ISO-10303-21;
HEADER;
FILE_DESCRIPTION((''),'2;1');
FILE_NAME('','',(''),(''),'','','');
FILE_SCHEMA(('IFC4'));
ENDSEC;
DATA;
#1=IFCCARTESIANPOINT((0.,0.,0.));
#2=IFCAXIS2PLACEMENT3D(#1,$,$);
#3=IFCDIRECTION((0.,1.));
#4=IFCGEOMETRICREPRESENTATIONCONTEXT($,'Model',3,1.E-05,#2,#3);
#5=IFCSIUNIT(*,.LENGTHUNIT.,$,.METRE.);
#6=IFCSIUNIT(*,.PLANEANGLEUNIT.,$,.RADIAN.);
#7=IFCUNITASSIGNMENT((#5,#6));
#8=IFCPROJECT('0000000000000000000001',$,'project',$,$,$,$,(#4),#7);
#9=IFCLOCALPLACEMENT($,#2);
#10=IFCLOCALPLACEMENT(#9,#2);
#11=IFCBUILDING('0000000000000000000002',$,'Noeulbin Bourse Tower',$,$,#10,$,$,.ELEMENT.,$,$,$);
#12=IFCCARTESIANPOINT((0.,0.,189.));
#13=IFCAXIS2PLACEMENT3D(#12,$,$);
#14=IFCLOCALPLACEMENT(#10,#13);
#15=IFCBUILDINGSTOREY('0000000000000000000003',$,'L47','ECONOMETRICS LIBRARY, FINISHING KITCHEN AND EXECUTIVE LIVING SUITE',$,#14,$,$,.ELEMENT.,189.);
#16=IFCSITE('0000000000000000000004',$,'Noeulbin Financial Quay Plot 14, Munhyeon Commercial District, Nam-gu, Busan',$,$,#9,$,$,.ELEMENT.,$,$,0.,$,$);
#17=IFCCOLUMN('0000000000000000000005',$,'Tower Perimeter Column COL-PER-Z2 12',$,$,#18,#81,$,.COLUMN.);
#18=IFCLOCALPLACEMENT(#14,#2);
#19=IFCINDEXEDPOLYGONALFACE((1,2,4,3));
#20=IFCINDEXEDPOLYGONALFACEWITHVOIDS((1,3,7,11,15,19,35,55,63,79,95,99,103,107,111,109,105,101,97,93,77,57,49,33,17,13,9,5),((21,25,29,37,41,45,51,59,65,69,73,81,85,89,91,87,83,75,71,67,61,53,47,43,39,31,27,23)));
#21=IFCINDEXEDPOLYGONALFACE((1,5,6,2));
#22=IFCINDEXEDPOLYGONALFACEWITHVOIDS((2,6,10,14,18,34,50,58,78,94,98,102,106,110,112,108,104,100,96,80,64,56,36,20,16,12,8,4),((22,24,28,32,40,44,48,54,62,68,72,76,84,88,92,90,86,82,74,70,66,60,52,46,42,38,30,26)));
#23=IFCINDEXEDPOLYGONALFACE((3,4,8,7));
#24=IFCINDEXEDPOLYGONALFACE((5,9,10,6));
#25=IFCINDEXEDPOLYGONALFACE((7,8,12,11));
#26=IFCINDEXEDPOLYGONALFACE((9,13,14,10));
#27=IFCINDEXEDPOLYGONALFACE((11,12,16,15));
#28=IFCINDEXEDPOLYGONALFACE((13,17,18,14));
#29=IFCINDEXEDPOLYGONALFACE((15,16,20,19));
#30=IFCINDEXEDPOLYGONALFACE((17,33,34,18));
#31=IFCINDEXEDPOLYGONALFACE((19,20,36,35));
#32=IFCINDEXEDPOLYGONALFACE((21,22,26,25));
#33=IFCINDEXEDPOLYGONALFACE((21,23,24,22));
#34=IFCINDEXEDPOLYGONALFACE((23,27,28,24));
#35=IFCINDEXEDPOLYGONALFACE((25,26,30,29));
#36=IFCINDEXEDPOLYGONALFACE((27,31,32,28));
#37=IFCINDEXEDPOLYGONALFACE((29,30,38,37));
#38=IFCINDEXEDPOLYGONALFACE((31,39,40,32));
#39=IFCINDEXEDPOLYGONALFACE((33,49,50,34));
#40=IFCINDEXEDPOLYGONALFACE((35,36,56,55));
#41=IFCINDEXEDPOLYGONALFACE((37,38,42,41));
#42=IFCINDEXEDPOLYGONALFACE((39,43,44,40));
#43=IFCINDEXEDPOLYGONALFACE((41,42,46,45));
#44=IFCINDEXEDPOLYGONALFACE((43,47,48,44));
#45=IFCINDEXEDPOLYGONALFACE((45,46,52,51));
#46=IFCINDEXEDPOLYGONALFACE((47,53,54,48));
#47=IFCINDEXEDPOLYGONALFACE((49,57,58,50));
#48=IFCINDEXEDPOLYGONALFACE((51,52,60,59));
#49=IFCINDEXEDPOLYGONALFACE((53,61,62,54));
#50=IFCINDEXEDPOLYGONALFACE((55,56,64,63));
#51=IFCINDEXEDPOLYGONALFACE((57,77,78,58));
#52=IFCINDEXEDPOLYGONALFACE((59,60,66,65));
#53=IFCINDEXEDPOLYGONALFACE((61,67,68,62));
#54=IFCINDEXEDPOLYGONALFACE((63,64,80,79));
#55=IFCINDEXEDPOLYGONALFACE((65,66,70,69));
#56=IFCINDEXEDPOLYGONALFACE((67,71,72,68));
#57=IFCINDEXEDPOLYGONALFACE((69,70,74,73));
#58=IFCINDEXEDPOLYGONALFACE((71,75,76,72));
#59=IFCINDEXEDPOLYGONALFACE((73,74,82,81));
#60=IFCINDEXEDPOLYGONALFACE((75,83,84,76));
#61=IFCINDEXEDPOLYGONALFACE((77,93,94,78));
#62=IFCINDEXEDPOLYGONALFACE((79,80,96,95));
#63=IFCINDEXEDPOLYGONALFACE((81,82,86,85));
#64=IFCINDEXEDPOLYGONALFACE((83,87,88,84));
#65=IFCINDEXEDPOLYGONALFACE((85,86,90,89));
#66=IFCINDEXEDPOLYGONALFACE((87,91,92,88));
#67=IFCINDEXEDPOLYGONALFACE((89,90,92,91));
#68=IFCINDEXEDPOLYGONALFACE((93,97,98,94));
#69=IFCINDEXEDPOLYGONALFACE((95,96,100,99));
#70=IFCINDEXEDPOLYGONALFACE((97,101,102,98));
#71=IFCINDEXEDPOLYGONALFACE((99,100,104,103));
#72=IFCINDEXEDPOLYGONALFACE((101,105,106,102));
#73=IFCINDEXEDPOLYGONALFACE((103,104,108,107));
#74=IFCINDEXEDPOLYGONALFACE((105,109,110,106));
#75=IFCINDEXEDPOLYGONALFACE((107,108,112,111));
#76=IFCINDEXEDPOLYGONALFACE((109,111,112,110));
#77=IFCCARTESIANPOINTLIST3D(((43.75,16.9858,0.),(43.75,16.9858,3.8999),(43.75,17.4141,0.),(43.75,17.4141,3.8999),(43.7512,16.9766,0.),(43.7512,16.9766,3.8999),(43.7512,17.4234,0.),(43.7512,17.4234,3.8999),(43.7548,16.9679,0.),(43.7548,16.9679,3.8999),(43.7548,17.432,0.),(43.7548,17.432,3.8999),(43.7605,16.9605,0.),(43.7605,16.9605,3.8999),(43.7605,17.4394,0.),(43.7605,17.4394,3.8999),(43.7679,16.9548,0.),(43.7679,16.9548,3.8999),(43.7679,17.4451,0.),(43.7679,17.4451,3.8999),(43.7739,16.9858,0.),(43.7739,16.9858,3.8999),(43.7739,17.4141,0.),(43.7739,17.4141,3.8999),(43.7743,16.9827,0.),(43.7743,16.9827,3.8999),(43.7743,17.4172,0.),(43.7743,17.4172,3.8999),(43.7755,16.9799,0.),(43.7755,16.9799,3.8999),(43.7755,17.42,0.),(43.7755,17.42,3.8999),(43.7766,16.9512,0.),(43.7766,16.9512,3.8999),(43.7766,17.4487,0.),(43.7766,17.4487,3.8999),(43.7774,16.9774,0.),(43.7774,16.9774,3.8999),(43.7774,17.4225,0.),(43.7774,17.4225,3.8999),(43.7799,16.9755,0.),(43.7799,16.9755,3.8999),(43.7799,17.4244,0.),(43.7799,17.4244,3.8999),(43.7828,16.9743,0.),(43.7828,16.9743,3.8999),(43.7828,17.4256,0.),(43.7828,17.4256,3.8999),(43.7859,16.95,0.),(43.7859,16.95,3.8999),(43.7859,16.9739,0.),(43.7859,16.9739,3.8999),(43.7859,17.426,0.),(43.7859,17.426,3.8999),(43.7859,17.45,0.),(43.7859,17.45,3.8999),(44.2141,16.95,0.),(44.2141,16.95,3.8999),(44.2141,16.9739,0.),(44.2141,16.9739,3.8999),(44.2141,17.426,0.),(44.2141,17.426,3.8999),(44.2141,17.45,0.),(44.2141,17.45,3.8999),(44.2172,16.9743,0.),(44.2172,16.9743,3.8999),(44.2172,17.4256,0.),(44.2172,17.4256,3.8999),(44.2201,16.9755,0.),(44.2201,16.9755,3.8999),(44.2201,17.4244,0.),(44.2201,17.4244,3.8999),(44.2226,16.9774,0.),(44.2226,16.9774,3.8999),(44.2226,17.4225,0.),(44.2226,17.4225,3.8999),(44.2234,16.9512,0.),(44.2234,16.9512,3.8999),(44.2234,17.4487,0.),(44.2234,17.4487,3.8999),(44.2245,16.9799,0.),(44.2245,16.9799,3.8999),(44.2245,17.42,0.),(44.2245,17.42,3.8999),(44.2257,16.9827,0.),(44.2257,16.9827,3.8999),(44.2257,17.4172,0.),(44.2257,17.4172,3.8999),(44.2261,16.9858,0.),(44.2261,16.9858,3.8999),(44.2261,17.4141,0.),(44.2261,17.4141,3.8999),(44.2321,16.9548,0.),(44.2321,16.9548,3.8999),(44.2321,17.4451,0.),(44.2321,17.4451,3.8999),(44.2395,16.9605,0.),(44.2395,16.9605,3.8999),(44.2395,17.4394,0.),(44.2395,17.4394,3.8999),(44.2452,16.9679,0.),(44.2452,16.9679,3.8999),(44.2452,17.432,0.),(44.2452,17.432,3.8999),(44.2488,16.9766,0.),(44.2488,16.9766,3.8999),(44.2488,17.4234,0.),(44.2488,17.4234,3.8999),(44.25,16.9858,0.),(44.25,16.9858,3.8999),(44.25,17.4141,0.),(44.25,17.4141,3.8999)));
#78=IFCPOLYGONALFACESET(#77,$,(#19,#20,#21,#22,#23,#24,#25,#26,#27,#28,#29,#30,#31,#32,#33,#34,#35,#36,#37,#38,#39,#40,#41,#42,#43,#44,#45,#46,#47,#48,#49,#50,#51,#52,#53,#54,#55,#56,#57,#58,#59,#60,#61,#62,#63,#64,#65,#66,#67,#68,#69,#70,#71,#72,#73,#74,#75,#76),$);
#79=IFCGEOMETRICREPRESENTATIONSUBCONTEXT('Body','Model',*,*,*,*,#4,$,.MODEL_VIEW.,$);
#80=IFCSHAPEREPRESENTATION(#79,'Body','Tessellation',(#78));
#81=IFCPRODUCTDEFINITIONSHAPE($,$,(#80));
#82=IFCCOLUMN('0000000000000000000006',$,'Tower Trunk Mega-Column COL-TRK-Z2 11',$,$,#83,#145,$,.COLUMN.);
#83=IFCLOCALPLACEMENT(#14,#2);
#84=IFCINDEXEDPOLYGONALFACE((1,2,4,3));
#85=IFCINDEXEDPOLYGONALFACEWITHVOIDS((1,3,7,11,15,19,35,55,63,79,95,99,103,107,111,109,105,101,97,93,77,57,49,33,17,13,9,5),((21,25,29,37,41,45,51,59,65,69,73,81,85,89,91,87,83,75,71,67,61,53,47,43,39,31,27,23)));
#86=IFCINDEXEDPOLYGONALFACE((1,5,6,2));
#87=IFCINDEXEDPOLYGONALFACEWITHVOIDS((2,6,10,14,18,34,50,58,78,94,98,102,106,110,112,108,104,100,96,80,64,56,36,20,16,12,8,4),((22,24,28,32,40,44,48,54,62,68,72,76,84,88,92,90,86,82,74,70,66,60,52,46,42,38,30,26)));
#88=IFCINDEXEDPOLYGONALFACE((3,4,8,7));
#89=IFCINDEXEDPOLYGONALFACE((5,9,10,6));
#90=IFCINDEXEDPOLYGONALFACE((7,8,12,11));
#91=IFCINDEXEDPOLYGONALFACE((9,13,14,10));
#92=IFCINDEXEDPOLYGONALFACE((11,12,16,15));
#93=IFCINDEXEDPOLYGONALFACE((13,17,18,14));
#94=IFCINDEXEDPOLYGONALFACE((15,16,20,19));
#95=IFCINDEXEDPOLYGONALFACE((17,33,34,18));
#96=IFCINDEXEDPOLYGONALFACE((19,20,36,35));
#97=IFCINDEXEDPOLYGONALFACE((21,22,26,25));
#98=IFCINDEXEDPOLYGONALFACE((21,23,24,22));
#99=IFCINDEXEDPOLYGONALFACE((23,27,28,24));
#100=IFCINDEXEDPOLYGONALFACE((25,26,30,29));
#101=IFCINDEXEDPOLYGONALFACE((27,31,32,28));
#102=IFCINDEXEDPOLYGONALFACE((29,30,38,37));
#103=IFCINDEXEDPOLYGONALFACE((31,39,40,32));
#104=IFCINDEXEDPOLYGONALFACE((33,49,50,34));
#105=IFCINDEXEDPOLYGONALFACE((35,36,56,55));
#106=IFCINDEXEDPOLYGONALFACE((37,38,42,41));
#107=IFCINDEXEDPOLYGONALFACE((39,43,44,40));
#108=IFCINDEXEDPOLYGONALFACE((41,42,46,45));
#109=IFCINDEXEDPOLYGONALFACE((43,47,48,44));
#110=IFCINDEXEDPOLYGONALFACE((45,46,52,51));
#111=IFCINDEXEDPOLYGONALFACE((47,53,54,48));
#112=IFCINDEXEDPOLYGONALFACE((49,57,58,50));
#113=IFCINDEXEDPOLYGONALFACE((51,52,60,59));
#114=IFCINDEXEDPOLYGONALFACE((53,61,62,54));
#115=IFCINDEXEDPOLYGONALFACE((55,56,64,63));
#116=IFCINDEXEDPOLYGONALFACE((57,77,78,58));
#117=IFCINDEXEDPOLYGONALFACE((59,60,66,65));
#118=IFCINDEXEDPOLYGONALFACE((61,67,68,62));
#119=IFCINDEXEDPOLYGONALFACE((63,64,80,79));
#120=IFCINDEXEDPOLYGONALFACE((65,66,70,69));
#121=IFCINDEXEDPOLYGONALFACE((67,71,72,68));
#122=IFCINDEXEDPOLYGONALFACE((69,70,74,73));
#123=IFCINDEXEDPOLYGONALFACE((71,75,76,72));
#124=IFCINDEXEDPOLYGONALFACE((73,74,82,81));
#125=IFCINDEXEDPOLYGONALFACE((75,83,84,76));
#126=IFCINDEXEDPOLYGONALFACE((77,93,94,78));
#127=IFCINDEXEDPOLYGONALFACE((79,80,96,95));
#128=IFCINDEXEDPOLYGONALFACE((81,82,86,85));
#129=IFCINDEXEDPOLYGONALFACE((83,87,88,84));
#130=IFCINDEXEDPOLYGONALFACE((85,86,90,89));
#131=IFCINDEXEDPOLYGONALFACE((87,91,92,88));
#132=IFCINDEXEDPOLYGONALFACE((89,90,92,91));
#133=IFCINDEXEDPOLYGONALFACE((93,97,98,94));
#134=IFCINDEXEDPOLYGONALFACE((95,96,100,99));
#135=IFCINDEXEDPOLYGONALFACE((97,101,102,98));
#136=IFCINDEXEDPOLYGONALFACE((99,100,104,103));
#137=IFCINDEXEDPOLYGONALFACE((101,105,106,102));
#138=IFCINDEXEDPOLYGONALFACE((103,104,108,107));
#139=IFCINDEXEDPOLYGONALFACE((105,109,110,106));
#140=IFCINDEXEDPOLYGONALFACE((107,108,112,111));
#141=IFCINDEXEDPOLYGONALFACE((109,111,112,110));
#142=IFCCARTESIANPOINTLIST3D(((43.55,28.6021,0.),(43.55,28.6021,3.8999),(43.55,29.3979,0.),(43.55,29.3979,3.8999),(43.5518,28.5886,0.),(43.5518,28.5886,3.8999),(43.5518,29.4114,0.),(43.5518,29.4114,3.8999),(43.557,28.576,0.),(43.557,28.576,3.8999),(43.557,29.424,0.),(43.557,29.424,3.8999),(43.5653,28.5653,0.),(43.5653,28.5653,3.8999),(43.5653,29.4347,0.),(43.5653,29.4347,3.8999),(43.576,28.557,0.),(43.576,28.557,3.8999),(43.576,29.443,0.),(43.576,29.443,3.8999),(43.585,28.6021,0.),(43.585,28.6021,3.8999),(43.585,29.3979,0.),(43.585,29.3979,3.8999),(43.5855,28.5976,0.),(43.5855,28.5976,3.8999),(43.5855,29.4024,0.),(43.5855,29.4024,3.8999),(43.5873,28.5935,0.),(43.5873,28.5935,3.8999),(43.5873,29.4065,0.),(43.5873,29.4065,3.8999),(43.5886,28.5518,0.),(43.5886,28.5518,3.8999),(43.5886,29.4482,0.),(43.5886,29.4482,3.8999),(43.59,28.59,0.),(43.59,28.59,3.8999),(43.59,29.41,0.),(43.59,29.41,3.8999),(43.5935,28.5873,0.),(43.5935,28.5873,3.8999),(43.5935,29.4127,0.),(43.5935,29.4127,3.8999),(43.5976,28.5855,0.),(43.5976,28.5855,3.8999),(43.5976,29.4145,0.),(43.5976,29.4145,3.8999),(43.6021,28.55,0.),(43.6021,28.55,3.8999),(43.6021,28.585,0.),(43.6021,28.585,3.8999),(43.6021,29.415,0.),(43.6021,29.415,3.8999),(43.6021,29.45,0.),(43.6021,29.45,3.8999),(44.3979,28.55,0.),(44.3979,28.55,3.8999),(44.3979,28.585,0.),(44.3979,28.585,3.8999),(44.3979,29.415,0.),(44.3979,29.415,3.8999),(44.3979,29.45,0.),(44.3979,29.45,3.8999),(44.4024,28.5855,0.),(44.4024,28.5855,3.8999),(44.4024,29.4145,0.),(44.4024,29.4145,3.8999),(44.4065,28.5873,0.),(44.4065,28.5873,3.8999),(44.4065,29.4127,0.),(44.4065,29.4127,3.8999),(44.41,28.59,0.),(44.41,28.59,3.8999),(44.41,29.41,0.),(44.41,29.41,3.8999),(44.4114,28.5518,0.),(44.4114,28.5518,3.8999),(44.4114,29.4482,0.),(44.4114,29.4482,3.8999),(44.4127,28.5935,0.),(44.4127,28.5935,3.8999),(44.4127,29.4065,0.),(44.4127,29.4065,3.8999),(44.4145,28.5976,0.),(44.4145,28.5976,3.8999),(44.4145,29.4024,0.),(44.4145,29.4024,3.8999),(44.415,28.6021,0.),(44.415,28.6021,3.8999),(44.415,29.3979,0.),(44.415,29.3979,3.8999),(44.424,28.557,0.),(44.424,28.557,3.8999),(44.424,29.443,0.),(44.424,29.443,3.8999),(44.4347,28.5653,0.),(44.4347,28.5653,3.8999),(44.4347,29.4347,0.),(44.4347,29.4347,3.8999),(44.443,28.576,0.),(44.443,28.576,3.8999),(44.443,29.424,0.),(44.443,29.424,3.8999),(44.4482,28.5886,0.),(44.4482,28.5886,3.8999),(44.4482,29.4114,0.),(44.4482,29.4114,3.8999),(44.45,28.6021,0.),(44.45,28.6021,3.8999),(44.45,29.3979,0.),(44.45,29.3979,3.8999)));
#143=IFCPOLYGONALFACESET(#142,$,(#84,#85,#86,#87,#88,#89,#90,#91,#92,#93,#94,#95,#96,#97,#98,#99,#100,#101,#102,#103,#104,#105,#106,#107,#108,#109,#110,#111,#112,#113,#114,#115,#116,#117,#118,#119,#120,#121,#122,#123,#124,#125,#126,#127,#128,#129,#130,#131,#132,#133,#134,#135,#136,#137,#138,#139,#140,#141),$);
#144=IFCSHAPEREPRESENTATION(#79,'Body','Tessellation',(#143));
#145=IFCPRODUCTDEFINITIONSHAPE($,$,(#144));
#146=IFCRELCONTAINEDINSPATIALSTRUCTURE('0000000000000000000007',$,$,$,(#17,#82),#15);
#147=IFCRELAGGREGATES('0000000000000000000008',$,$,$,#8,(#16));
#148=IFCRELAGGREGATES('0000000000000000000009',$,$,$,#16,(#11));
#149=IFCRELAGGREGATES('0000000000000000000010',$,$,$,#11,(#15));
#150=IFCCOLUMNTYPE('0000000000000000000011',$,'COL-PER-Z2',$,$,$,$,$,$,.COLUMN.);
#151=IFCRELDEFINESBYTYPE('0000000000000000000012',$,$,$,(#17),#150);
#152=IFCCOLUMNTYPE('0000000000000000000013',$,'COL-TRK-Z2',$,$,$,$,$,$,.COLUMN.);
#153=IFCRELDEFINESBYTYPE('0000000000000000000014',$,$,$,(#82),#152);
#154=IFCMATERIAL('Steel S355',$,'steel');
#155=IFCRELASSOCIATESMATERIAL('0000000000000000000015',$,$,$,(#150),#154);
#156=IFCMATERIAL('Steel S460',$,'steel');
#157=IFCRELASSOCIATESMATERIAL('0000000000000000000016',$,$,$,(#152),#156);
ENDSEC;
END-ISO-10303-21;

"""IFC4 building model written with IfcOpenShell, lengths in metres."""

from ifc_helpers import new_model, si_unit, direction, frame, origin, origin_2d, place, context, subcontext, project, spatial, hollow_rectangle, extrude, material, material_profile, profile_set, type_object, element, save


model = new_model("IFC4")

# Units and contexts
model_context = context("Model", 3, precision=1e-05, world=origin(), true_north=direction((0.0, 1.0)))
body_context = subcontext(model_context, "Body", "Model", "MODEL_VIEW")
ifc_project = project(units=[si_unit("LENGTHUNIT", "METRE"), si_unit("PLANEANGLEUNIT", "RADIAN")], contexts=[model_context])

# Site, building, storey
site_placement = place(None, origin())
site = spatial("IfcSite", under=ifc_project, at=site_placement, Name="Noeulbin Financial Quay Plot 14, Munhyeon Commercial District, Nam-gu, Busan", CompositionType="ELEMENT", RefElevation=0.0)
building_placement = place(site_placement, origin())
building = spatial("IfcBuilding", under=site, at=building_placement, Name="Noeulbin Bourse Tower", CompositionType="ELEMENT")
storey_placement = place(building_placement, frame((0.0, 0.0, 189.0)))
storey = spatial("IfcBuildingStorey", under=building, at=storey_placement, Name="L47", Description="ECONOMETRICS LIBRARY, FINISHING KITCHEN AND EXECUTIVE LIVING SUITE", CompositionType="ELEMENT", Elevation=189.0)

# Columns
ifc_material_1 = material(Name="Steel S355", Category="steel")
ifc_material_profile_1 = material_profile(ifc_material_1, hollow_rectangle(XDim=0.5, YDim=0.5, WallThickness=0.0239, InnerFilletRadius=0.012, OuterFilletRadius=0.0359, at=origin_2d()), Name="BOX-500x500x24", Category="LoadBearing")
ifc_profile_set_1 = profile_set([ifc_material_profile_1], Name="Steel S355")
column_type_1 = type_object("IfcColumnType", Name="COL-PER-Z2", PredefinedType="COLUMN", material=ifc_profile_set_1)
column_placement = place(storey_placement, frame((44.0, 17.2, 0.0), z_axis=(0.0, 0.0, 1.0), x_axis=(1.0, 0.0, 0.0)))
element("IfcColumn", 1, at=column_placement, inside=storey, type_object=column_type_1, Name="Tower Perimeter Column COL-PER-Z2 12", PredefinedType="COLUMN", context=body_context, shape_type="SweptSolid", body=[
    extrude(hollow_rectangle(XDim=0.5, YDim=0.5, WallThickness=0.0239, InnerFilletRadius=0.012, OuterFilletRadius=0.0359, at=origin_2d()), origin(), (0.0, 0.0, 1.0), 3.8999),
])
ifc_material_2 = material(Name="Steel S460", Category="steel")
ifc_material_profile_2 = material_profile(ifc_material_2, hollow_rectangle(XDim=0.8999, YDim=0.8999, WallThickness=0.0349, InnerFilletRadius=0.0171, OuterFilletRadius=0.052, at=origin_2d()), Name="BOX-900x900x35", Category="LoadBearing")
ifc_profile_set_2 = profile_set([ifc_material_profile_2], Name="Steel S460")
column_type_2 = type_object("IfcColumnType", Name="COL-TRK-Z2", PredefinedType="COLUMN", material=ifc_profile_set_2)
for number, where, z_axis, x_axis, name in (
    (2, (44.0, 29.0, 0.0), (0.0, 0.0, 1.0), (1.0, 0.0, 0.0), "Tower Trunk Mega-Column COL-TRK-Z2 11"),
):
    element("IfcColumn", number, at=place(storey_placement, frame(where, z_axis=z_axis, x_axis=x_axis)), inside=storey, type_object=column_type_2, Name=name, PredefinedType="COLUMN", context=body_context, shape_type="SweptSolid", body=[
        extrude(hollow_rectangle(XDim=0.8999, YDim=0.8999, WallThickness=0.0349, InnerFilletRadius=0.0171, OuterFilletRadius=0.052, at=origin_2d()), origin(), (0.0, 0.0, 1.0), 3.8999),
    ])

save(model, "model.ifc")
